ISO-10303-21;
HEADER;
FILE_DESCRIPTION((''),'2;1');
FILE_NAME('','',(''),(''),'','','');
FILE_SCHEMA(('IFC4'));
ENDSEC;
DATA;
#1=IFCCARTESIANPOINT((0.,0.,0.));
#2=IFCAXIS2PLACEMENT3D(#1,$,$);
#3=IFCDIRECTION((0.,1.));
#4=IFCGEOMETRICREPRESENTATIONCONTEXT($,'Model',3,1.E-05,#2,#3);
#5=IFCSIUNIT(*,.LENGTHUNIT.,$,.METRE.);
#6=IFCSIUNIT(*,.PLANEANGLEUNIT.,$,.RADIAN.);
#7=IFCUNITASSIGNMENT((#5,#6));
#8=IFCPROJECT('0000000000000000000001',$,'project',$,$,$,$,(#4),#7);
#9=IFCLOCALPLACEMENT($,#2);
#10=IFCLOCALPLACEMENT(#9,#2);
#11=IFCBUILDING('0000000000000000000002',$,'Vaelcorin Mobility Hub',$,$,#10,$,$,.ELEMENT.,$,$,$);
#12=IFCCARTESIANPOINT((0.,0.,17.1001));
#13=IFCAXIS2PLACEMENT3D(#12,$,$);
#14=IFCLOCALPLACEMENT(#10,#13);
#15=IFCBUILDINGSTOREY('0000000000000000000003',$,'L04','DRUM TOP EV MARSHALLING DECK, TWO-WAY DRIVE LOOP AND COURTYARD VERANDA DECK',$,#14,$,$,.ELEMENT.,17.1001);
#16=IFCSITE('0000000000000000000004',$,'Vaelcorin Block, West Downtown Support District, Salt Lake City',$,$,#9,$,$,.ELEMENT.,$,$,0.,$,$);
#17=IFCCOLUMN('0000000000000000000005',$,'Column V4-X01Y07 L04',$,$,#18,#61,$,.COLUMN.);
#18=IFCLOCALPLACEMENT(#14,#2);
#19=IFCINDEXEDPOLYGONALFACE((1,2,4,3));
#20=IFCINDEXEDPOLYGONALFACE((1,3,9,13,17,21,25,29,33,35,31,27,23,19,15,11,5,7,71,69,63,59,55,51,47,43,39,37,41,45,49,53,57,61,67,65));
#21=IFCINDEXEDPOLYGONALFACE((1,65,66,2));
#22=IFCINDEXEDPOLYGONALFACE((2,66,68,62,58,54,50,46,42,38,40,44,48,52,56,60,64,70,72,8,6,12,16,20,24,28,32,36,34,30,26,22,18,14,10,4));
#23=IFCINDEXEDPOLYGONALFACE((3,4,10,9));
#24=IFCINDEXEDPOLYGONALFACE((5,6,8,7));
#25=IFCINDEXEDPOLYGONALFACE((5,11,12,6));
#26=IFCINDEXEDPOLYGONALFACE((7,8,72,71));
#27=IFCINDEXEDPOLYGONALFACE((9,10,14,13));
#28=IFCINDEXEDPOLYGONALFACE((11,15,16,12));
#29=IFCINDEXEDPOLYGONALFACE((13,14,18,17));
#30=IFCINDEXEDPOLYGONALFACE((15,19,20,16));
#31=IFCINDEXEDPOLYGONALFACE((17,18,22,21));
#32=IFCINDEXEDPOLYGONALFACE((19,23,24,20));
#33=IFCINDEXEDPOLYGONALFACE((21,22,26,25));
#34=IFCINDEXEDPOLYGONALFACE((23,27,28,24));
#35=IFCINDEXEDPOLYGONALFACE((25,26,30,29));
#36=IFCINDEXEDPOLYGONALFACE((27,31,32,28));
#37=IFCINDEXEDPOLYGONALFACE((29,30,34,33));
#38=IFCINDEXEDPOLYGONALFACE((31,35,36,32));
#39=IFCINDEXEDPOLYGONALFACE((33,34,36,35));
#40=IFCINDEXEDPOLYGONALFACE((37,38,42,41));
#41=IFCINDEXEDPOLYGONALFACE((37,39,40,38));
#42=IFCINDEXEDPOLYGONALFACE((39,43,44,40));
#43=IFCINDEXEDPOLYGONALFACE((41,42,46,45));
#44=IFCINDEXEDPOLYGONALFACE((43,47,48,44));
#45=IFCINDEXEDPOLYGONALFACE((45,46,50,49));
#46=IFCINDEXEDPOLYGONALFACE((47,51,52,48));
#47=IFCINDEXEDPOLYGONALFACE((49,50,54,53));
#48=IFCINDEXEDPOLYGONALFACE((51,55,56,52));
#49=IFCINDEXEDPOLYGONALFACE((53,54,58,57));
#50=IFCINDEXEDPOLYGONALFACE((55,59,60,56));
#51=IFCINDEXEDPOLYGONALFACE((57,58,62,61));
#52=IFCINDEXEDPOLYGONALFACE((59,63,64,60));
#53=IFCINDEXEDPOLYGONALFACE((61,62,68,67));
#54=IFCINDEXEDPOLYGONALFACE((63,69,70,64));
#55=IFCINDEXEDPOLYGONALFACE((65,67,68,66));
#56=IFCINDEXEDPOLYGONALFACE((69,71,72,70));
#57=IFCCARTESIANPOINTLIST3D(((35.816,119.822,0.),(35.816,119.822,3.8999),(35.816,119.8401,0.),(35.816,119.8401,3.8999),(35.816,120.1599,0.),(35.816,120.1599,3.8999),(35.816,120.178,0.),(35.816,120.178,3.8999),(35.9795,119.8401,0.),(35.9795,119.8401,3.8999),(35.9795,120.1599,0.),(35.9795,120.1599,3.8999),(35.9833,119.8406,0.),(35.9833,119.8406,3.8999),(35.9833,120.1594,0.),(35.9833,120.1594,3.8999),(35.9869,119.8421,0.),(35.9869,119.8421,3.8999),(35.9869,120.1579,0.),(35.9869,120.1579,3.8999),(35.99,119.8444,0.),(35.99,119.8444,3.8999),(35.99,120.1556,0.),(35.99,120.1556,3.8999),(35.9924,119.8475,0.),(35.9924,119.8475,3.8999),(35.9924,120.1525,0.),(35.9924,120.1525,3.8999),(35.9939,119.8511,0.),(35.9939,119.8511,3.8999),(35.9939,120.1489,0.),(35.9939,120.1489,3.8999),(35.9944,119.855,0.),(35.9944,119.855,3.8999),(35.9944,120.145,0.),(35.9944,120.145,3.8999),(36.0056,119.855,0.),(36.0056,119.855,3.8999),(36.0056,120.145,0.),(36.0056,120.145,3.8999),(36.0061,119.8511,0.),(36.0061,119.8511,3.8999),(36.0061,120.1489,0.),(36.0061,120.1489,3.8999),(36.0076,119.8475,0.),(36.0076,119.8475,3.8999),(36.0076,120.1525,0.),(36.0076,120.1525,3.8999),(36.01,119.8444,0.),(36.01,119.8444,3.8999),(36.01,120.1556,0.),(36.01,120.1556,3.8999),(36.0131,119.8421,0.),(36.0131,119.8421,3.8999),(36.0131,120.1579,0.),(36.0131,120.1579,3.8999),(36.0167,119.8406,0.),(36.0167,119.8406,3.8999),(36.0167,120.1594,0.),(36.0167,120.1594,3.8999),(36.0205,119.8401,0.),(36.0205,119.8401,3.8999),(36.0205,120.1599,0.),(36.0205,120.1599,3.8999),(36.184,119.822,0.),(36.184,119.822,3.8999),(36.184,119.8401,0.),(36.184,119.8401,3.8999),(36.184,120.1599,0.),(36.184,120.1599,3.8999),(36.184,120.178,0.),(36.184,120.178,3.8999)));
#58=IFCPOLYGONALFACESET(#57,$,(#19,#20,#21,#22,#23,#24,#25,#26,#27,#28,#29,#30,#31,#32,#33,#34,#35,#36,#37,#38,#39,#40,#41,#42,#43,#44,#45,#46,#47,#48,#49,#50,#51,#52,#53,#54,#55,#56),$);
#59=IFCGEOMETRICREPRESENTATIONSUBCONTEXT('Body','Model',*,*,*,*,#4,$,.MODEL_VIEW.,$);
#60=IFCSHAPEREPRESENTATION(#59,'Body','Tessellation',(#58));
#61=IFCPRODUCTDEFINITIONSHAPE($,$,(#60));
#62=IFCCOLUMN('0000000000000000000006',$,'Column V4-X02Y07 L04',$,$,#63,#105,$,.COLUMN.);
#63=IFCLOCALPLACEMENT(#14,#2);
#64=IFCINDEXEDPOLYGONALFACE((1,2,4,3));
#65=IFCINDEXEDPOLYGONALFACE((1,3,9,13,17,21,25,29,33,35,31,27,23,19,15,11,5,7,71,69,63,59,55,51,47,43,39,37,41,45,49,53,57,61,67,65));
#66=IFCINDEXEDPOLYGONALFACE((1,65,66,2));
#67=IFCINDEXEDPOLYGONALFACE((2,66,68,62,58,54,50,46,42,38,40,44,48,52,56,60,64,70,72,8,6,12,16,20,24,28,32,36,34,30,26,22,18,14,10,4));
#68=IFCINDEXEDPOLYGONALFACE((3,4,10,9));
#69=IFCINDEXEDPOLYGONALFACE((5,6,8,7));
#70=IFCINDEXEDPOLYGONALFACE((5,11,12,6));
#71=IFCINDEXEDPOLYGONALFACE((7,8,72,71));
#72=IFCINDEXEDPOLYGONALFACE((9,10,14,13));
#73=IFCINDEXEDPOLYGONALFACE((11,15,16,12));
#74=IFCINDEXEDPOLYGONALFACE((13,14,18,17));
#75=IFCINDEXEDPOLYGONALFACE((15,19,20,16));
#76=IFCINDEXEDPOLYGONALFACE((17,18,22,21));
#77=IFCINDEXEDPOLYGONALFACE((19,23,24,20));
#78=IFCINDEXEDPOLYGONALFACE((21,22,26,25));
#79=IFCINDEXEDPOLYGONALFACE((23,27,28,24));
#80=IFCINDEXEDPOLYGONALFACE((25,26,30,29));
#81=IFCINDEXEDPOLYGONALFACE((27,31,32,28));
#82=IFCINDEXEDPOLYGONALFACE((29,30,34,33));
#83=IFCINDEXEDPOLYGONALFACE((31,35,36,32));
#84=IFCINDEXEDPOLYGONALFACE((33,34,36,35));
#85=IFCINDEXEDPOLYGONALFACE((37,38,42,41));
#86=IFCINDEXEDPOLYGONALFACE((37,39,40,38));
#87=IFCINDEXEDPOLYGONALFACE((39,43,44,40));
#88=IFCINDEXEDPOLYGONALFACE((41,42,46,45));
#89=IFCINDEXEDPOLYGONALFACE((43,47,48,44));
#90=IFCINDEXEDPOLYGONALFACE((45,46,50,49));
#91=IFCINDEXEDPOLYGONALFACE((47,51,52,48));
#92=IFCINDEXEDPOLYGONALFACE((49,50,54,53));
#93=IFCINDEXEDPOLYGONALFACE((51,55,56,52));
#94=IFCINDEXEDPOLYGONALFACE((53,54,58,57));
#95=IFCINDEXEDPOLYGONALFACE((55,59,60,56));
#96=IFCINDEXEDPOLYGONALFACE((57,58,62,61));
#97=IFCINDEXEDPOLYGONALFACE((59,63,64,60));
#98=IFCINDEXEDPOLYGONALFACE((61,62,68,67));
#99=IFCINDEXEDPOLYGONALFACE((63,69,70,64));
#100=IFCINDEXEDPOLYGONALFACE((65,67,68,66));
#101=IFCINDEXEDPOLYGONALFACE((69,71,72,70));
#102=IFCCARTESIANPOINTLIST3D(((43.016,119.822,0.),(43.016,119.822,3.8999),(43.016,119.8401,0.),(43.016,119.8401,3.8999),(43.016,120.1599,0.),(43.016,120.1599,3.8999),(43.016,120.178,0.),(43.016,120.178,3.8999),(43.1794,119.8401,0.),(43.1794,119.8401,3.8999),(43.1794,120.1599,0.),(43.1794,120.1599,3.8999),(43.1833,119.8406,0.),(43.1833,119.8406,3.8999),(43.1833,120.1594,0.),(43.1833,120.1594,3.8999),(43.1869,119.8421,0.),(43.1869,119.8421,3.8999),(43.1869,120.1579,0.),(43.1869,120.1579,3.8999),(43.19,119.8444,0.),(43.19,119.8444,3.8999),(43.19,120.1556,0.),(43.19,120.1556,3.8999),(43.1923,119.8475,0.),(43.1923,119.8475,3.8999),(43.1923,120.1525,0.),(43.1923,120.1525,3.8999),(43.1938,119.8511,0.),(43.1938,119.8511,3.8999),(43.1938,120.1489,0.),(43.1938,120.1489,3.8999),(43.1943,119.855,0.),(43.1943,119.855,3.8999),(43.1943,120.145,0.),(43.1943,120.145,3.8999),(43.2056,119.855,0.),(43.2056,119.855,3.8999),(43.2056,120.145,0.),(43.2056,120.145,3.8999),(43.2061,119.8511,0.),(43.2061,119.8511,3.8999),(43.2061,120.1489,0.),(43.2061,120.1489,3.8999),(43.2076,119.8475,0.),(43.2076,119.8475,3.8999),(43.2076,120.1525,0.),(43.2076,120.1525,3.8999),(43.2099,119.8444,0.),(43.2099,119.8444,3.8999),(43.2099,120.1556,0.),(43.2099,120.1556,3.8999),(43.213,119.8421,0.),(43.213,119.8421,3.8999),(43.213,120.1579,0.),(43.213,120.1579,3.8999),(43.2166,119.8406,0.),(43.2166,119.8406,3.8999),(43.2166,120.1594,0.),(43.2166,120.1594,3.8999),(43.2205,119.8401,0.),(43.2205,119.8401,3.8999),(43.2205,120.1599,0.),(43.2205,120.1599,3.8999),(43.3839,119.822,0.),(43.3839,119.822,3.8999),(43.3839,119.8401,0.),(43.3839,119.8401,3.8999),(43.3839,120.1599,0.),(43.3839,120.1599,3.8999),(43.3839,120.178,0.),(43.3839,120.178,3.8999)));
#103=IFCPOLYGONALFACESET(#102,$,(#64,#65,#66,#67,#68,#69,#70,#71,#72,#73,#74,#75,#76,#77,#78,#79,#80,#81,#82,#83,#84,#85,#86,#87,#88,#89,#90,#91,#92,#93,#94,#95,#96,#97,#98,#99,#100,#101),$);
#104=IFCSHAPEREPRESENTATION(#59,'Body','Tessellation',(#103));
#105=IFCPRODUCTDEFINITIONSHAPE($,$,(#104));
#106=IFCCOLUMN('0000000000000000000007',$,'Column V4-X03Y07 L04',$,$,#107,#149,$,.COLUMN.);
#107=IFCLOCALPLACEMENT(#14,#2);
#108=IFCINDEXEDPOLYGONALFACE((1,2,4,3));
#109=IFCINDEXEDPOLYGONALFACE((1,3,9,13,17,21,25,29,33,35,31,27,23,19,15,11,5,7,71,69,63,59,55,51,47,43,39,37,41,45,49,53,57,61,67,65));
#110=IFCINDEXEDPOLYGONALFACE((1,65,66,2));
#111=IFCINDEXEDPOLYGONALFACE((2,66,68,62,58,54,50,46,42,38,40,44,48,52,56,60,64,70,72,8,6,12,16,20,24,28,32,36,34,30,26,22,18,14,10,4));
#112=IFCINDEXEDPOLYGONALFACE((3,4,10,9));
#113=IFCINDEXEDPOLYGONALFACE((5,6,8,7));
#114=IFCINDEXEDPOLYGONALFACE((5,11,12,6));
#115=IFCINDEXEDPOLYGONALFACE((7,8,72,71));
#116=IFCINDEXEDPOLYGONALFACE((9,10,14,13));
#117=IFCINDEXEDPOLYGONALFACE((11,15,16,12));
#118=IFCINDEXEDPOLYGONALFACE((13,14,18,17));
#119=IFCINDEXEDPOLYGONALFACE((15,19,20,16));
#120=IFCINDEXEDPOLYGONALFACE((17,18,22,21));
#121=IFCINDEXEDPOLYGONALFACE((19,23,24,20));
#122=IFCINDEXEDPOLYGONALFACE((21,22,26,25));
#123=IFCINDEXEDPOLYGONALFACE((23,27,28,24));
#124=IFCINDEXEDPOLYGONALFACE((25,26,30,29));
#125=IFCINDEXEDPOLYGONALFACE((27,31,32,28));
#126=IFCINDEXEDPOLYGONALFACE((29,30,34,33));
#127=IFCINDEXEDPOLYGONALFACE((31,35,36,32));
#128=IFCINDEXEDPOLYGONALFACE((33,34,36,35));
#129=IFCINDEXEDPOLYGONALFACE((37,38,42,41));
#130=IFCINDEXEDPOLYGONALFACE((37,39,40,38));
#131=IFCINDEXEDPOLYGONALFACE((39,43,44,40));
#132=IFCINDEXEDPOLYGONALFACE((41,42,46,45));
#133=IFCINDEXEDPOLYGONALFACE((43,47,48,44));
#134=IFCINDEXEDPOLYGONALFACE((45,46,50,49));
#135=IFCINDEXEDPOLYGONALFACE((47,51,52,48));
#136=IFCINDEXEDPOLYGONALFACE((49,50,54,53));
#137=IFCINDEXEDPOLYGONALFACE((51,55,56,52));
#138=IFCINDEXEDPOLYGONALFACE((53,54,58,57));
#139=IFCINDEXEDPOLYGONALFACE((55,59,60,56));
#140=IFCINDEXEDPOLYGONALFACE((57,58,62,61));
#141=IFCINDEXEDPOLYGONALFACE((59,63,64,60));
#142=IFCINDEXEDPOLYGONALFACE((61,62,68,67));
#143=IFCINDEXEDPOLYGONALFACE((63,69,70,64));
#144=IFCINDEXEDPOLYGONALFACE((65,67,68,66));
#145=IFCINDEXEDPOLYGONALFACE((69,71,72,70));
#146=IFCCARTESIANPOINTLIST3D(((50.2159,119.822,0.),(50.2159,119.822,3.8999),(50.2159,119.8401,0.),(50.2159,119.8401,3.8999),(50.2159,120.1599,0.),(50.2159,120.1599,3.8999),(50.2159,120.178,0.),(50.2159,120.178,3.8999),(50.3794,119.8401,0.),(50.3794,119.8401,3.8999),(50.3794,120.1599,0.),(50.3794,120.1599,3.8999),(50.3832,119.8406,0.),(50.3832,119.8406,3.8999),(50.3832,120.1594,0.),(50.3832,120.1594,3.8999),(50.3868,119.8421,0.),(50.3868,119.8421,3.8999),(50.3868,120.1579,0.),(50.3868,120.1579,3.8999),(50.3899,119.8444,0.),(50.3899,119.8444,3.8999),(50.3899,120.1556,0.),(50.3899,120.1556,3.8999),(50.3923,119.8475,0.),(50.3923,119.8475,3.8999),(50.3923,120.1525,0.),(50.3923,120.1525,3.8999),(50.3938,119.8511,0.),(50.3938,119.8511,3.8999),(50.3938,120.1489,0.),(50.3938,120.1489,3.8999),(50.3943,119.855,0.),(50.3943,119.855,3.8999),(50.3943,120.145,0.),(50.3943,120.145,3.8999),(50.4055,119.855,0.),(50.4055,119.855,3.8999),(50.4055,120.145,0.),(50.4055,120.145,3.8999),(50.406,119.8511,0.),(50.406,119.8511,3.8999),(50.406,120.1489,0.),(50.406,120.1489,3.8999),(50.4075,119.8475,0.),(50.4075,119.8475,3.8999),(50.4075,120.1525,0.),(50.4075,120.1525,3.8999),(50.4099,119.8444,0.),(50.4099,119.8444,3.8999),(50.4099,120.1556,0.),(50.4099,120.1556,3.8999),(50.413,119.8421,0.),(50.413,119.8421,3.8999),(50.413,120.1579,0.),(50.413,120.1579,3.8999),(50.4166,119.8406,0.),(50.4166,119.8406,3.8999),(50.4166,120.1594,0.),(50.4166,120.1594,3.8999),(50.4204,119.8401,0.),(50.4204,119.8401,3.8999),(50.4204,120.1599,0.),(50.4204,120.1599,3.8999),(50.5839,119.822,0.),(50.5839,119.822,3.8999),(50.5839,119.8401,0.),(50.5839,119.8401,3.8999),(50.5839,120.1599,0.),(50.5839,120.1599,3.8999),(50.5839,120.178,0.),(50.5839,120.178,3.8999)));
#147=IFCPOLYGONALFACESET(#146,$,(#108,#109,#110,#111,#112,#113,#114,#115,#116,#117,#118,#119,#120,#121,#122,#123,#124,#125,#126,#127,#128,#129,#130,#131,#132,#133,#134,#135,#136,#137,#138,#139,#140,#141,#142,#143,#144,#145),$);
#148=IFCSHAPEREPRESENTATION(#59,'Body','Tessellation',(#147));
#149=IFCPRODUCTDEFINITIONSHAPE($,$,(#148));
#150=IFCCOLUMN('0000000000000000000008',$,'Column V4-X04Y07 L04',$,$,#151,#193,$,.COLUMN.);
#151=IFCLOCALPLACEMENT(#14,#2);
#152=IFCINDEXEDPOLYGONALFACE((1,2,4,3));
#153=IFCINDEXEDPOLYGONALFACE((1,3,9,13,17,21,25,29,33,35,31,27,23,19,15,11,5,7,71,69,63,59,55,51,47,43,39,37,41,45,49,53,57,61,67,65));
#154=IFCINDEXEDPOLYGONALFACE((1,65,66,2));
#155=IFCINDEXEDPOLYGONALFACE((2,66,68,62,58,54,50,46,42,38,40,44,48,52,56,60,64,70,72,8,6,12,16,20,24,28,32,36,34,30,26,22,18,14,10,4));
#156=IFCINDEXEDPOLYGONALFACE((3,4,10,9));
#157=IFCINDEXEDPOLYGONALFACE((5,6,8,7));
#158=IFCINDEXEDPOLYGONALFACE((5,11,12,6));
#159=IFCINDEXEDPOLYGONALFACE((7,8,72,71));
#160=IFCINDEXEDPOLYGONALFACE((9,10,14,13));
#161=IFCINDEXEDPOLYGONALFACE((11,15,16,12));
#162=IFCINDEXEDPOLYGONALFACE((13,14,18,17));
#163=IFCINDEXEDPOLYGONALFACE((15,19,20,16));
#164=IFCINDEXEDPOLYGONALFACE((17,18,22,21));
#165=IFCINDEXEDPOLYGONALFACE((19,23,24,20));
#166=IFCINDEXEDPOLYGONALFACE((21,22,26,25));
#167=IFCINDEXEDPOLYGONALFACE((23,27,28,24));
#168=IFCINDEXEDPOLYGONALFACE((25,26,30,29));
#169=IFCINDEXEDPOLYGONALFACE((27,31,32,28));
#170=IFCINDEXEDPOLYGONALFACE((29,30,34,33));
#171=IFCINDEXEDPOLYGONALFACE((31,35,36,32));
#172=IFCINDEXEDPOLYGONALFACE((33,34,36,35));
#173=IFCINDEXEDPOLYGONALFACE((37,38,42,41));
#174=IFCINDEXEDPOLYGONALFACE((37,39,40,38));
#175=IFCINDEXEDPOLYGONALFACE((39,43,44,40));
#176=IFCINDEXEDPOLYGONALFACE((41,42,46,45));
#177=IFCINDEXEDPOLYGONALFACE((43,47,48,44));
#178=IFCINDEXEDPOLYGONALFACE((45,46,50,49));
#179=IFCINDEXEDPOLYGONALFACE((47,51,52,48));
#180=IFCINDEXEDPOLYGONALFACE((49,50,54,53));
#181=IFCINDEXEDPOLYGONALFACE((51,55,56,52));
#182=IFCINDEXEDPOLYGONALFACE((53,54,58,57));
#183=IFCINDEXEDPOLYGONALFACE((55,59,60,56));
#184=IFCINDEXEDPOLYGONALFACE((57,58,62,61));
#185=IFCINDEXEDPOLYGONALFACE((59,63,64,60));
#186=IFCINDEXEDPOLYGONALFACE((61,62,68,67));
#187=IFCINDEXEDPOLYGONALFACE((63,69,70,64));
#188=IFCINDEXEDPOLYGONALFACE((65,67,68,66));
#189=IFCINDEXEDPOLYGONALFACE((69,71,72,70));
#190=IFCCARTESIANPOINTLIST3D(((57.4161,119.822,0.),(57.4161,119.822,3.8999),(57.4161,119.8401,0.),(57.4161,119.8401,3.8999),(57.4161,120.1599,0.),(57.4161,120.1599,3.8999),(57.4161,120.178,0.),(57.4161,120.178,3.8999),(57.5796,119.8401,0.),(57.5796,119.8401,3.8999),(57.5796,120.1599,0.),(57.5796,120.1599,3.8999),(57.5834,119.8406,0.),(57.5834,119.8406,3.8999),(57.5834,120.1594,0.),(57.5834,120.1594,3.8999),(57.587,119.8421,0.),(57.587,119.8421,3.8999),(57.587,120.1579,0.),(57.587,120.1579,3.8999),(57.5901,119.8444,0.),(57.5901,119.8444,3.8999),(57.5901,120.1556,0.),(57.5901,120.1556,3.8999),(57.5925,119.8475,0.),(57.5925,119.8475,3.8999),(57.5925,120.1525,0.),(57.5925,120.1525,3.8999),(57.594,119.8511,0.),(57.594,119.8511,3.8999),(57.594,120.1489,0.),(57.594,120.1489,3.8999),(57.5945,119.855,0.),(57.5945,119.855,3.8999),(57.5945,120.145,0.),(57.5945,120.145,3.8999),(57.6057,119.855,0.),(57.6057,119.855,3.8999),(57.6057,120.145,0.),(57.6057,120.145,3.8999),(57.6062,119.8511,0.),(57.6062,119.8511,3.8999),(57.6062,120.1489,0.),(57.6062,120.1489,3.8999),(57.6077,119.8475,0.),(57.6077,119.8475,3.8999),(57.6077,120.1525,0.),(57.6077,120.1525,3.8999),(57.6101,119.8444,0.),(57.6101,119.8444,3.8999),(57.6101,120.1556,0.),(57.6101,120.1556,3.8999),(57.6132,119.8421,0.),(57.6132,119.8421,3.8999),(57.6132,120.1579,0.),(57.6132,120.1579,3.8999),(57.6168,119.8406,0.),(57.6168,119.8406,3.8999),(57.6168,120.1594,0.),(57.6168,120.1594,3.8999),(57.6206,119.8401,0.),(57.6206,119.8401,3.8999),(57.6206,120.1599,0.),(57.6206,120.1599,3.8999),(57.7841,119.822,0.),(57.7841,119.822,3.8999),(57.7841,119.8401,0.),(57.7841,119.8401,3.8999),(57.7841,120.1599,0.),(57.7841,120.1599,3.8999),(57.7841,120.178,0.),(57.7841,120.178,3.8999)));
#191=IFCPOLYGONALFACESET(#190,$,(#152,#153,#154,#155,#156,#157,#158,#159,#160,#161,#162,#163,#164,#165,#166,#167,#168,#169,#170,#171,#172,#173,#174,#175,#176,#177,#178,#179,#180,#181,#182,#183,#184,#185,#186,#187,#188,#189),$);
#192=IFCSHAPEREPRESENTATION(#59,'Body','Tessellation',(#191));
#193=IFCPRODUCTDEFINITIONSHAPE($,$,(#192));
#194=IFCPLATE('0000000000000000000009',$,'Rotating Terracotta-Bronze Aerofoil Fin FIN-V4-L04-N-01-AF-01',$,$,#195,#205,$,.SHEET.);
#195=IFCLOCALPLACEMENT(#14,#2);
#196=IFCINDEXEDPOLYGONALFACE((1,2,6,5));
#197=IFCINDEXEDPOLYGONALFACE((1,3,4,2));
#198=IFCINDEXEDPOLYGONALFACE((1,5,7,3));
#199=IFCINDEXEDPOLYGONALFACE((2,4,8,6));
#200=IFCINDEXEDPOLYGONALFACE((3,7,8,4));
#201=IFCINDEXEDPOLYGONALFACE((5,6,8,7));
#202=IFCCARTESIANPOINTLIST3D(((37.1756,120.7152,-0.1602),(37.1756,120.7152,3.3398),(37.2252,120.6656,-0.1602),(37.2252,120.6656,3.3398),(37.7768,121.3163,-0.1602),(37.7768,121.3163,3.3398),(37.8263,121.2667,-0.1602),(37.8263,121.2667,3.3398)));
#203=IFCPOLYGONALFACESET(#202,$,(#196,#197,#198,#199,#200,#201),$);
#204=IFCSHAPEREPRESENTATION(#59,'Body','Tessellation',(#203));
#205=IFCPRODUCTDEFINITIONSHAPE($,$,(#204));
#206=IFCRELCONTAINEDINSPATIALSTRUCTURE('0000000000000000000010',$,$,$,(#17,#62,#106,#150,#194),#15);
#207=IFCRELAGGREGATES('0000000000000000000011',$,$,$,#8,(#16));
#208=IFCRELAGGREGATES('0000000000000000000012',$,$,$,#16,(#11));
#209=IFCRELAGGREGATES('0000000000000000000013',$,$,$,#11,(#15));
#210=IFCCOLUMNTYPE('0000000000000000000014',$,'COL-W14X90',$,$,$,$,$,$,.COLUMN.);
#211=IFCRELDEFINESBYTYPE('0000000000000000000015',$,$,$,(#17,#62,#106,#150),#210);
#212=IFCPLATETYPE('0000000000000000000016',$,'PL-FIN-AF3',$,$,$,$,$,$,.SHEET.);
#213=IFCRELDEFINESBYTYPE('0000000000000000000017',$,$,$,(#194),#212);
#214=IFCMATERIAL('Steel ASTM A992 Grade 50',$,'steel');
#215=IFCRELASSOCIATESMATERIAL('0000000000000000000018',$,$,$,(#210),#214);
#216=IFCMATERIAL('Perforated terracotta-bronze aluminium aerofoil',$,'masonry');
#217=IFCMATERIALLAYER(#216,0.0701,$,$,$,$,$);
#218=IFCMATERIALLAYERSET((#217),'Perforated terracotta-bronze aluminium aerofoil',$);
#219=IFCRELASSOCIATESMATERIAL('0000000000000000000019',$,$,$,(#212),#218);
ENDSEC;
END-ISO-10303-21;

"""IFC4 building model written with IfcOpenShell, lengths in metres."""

from ifc_helpers import new_model, si_unit, direction, frame, origin, origin_2d, place, context, subcontext, project, spatial, rectangle, i_section, extrude, material, layer, layer_set, material_profile, profile_set, type_object, element, save


model = new_model("IFC4")

# Units and contexts
model_context = context("Model", 3, precision=1e-05, world=origin(), true_north=direction((0.0, 1.0)))
body_context = subcontext(model_context, "Body", "Model", "MODEL_VIEW")
ifc_project = project(units=[si_unit("LENGTHUNIT", "METRE"), si_unit("PLANEANGLEUNIT", "RADIAN")], contexts=[model_context])

# Site, building, storey
site_placement = place(None, origin())
site = spatial("IfcSite", under=ifc_project, at=site_placement, Name="Vaelcorin Block, West Downtown Support District, Salt Lake City", CompositionType="ELEMENT", RefElevation=0.0)
building_placement = place(site_placement, origin())
building = spatial("IfcBuilding", under=site, at=building_placement, Name="Vaelcorin Mobility Hub", CompositionType="ELEMENT")
storey_placement = place(building_placement, frame((0.0, 0.0, 17.1001)))
storey = spatial("IfcBuildingStorey", under=building, at=storey_placement, Name="L04", Description="DRUM TOP EV MARSHALLING DECK, TWO-WAY DRIVE LOOP AND COURTYARD VERANDA DECK", CompositionType="ELEMENT", Elevation=17.1001)

# Columns
ifc_material_1 = material(Name="Steel ASTM A992 Grade 50", Category="steel")
ifc_material_profile = material_profile(ifc_material_1, i_section(OverallWidth=0.3679, OverallDepth=0.356, WebThickness=0.0112, FlangeThickness=0.0181, FilletRadius=0.0149, at=origin_2d()), Name="W14X90")
ifc_profile_set = profile_set([ifc_material_profile], Name="Steel ASTM A992 Grade 50")
column_type = type_object("IfcColumnType", Name="COL-W14X90", PredefinedType="COLUMN", material=ifc_profile_set)
for number, where, z_axis, x_axis, name in (
    (1, (36.0, 120.0, 0.0), (0.0, 0.0, 1.0), (1.0, 0.0, 0.0), "Column V4-X01Y07 L04"),
    (2, (43.2, 120.0, 0.0), (0.0, 0.0, 1.0), (1.0, 0.0, 0.0), "Column V4-X02Y07 L04"),
    (3, (50.3999, 120.0, 0.0), (0.0, 0.0, 1.0), (1.0, 0.0, 0.0), "Column V4-X03Y07 L04"),
    (4, (57.6001, 120.0, 0.0), (0.0, 0.0, 1.0), (1.0, 0.0, 0.0), "Column V4-X04Y07 L04"),
):
    element("IfcColumn", number, at=place(storey_placement, frame(where, z_axis=z_axis, x_axis=x_axis)), inside=storey, type_object=column_type, Name=name, PredefinedType="COLUMN", context=body_context, shape_type="SweptSolid", body=[
        extrude(i_section(OverallWidth=0.3679, OverallDepth=0.356, WebThickness=0.0112, FlangeThickness=0.0181, FilletRadius=0.0149, at=origin_2d()), origin(), (0.0, 0.0, 1.0), 3.8999),
    ])

# Plate
ifc_material_2 = material(Name="Perforated terracotta-bronze aluminium aerofoil", Category="masonry")
ifc_layer_1 = layer(ifc_material_2, 0.0701)
ifc_layer_set_1 = layer_set([ifc_layer_1], Name="Perforated terracotta-bronze aluminium aerofoil")
plate_type = type_object("IfcPlateType", Name="PL-FIN-AF3", PredefinedType="SHEET", material=ifc_layer_set_1)
for number, where, z_axis, x_axis, name in (
    (5, (37.501, 120.991, -0.1602), (0.0, 0.0, 1.0), (0.707107, 0.707107, 0.0), "Rotating Terracotta-Bronze Aerofoil Fin FIN-V4-L04-N-01-AF-01"),
):
    element("IfcPlate", number, at=place(storey_placement, frame(where, z_axis=z_axis, x_axis=x_axis)), inside=storey, type_object=plate_type, Name=name, PredefinedType="SHEET", context=body_context, shape_type="SweptSolid", body=[
        extrude(rectangle(XDim=0.8501, YDim=0.0701, at=origin_2d()), origin(), (0.0, 0.0, 1.0), 3.5),
    ])

save(model, "model.ifc")
